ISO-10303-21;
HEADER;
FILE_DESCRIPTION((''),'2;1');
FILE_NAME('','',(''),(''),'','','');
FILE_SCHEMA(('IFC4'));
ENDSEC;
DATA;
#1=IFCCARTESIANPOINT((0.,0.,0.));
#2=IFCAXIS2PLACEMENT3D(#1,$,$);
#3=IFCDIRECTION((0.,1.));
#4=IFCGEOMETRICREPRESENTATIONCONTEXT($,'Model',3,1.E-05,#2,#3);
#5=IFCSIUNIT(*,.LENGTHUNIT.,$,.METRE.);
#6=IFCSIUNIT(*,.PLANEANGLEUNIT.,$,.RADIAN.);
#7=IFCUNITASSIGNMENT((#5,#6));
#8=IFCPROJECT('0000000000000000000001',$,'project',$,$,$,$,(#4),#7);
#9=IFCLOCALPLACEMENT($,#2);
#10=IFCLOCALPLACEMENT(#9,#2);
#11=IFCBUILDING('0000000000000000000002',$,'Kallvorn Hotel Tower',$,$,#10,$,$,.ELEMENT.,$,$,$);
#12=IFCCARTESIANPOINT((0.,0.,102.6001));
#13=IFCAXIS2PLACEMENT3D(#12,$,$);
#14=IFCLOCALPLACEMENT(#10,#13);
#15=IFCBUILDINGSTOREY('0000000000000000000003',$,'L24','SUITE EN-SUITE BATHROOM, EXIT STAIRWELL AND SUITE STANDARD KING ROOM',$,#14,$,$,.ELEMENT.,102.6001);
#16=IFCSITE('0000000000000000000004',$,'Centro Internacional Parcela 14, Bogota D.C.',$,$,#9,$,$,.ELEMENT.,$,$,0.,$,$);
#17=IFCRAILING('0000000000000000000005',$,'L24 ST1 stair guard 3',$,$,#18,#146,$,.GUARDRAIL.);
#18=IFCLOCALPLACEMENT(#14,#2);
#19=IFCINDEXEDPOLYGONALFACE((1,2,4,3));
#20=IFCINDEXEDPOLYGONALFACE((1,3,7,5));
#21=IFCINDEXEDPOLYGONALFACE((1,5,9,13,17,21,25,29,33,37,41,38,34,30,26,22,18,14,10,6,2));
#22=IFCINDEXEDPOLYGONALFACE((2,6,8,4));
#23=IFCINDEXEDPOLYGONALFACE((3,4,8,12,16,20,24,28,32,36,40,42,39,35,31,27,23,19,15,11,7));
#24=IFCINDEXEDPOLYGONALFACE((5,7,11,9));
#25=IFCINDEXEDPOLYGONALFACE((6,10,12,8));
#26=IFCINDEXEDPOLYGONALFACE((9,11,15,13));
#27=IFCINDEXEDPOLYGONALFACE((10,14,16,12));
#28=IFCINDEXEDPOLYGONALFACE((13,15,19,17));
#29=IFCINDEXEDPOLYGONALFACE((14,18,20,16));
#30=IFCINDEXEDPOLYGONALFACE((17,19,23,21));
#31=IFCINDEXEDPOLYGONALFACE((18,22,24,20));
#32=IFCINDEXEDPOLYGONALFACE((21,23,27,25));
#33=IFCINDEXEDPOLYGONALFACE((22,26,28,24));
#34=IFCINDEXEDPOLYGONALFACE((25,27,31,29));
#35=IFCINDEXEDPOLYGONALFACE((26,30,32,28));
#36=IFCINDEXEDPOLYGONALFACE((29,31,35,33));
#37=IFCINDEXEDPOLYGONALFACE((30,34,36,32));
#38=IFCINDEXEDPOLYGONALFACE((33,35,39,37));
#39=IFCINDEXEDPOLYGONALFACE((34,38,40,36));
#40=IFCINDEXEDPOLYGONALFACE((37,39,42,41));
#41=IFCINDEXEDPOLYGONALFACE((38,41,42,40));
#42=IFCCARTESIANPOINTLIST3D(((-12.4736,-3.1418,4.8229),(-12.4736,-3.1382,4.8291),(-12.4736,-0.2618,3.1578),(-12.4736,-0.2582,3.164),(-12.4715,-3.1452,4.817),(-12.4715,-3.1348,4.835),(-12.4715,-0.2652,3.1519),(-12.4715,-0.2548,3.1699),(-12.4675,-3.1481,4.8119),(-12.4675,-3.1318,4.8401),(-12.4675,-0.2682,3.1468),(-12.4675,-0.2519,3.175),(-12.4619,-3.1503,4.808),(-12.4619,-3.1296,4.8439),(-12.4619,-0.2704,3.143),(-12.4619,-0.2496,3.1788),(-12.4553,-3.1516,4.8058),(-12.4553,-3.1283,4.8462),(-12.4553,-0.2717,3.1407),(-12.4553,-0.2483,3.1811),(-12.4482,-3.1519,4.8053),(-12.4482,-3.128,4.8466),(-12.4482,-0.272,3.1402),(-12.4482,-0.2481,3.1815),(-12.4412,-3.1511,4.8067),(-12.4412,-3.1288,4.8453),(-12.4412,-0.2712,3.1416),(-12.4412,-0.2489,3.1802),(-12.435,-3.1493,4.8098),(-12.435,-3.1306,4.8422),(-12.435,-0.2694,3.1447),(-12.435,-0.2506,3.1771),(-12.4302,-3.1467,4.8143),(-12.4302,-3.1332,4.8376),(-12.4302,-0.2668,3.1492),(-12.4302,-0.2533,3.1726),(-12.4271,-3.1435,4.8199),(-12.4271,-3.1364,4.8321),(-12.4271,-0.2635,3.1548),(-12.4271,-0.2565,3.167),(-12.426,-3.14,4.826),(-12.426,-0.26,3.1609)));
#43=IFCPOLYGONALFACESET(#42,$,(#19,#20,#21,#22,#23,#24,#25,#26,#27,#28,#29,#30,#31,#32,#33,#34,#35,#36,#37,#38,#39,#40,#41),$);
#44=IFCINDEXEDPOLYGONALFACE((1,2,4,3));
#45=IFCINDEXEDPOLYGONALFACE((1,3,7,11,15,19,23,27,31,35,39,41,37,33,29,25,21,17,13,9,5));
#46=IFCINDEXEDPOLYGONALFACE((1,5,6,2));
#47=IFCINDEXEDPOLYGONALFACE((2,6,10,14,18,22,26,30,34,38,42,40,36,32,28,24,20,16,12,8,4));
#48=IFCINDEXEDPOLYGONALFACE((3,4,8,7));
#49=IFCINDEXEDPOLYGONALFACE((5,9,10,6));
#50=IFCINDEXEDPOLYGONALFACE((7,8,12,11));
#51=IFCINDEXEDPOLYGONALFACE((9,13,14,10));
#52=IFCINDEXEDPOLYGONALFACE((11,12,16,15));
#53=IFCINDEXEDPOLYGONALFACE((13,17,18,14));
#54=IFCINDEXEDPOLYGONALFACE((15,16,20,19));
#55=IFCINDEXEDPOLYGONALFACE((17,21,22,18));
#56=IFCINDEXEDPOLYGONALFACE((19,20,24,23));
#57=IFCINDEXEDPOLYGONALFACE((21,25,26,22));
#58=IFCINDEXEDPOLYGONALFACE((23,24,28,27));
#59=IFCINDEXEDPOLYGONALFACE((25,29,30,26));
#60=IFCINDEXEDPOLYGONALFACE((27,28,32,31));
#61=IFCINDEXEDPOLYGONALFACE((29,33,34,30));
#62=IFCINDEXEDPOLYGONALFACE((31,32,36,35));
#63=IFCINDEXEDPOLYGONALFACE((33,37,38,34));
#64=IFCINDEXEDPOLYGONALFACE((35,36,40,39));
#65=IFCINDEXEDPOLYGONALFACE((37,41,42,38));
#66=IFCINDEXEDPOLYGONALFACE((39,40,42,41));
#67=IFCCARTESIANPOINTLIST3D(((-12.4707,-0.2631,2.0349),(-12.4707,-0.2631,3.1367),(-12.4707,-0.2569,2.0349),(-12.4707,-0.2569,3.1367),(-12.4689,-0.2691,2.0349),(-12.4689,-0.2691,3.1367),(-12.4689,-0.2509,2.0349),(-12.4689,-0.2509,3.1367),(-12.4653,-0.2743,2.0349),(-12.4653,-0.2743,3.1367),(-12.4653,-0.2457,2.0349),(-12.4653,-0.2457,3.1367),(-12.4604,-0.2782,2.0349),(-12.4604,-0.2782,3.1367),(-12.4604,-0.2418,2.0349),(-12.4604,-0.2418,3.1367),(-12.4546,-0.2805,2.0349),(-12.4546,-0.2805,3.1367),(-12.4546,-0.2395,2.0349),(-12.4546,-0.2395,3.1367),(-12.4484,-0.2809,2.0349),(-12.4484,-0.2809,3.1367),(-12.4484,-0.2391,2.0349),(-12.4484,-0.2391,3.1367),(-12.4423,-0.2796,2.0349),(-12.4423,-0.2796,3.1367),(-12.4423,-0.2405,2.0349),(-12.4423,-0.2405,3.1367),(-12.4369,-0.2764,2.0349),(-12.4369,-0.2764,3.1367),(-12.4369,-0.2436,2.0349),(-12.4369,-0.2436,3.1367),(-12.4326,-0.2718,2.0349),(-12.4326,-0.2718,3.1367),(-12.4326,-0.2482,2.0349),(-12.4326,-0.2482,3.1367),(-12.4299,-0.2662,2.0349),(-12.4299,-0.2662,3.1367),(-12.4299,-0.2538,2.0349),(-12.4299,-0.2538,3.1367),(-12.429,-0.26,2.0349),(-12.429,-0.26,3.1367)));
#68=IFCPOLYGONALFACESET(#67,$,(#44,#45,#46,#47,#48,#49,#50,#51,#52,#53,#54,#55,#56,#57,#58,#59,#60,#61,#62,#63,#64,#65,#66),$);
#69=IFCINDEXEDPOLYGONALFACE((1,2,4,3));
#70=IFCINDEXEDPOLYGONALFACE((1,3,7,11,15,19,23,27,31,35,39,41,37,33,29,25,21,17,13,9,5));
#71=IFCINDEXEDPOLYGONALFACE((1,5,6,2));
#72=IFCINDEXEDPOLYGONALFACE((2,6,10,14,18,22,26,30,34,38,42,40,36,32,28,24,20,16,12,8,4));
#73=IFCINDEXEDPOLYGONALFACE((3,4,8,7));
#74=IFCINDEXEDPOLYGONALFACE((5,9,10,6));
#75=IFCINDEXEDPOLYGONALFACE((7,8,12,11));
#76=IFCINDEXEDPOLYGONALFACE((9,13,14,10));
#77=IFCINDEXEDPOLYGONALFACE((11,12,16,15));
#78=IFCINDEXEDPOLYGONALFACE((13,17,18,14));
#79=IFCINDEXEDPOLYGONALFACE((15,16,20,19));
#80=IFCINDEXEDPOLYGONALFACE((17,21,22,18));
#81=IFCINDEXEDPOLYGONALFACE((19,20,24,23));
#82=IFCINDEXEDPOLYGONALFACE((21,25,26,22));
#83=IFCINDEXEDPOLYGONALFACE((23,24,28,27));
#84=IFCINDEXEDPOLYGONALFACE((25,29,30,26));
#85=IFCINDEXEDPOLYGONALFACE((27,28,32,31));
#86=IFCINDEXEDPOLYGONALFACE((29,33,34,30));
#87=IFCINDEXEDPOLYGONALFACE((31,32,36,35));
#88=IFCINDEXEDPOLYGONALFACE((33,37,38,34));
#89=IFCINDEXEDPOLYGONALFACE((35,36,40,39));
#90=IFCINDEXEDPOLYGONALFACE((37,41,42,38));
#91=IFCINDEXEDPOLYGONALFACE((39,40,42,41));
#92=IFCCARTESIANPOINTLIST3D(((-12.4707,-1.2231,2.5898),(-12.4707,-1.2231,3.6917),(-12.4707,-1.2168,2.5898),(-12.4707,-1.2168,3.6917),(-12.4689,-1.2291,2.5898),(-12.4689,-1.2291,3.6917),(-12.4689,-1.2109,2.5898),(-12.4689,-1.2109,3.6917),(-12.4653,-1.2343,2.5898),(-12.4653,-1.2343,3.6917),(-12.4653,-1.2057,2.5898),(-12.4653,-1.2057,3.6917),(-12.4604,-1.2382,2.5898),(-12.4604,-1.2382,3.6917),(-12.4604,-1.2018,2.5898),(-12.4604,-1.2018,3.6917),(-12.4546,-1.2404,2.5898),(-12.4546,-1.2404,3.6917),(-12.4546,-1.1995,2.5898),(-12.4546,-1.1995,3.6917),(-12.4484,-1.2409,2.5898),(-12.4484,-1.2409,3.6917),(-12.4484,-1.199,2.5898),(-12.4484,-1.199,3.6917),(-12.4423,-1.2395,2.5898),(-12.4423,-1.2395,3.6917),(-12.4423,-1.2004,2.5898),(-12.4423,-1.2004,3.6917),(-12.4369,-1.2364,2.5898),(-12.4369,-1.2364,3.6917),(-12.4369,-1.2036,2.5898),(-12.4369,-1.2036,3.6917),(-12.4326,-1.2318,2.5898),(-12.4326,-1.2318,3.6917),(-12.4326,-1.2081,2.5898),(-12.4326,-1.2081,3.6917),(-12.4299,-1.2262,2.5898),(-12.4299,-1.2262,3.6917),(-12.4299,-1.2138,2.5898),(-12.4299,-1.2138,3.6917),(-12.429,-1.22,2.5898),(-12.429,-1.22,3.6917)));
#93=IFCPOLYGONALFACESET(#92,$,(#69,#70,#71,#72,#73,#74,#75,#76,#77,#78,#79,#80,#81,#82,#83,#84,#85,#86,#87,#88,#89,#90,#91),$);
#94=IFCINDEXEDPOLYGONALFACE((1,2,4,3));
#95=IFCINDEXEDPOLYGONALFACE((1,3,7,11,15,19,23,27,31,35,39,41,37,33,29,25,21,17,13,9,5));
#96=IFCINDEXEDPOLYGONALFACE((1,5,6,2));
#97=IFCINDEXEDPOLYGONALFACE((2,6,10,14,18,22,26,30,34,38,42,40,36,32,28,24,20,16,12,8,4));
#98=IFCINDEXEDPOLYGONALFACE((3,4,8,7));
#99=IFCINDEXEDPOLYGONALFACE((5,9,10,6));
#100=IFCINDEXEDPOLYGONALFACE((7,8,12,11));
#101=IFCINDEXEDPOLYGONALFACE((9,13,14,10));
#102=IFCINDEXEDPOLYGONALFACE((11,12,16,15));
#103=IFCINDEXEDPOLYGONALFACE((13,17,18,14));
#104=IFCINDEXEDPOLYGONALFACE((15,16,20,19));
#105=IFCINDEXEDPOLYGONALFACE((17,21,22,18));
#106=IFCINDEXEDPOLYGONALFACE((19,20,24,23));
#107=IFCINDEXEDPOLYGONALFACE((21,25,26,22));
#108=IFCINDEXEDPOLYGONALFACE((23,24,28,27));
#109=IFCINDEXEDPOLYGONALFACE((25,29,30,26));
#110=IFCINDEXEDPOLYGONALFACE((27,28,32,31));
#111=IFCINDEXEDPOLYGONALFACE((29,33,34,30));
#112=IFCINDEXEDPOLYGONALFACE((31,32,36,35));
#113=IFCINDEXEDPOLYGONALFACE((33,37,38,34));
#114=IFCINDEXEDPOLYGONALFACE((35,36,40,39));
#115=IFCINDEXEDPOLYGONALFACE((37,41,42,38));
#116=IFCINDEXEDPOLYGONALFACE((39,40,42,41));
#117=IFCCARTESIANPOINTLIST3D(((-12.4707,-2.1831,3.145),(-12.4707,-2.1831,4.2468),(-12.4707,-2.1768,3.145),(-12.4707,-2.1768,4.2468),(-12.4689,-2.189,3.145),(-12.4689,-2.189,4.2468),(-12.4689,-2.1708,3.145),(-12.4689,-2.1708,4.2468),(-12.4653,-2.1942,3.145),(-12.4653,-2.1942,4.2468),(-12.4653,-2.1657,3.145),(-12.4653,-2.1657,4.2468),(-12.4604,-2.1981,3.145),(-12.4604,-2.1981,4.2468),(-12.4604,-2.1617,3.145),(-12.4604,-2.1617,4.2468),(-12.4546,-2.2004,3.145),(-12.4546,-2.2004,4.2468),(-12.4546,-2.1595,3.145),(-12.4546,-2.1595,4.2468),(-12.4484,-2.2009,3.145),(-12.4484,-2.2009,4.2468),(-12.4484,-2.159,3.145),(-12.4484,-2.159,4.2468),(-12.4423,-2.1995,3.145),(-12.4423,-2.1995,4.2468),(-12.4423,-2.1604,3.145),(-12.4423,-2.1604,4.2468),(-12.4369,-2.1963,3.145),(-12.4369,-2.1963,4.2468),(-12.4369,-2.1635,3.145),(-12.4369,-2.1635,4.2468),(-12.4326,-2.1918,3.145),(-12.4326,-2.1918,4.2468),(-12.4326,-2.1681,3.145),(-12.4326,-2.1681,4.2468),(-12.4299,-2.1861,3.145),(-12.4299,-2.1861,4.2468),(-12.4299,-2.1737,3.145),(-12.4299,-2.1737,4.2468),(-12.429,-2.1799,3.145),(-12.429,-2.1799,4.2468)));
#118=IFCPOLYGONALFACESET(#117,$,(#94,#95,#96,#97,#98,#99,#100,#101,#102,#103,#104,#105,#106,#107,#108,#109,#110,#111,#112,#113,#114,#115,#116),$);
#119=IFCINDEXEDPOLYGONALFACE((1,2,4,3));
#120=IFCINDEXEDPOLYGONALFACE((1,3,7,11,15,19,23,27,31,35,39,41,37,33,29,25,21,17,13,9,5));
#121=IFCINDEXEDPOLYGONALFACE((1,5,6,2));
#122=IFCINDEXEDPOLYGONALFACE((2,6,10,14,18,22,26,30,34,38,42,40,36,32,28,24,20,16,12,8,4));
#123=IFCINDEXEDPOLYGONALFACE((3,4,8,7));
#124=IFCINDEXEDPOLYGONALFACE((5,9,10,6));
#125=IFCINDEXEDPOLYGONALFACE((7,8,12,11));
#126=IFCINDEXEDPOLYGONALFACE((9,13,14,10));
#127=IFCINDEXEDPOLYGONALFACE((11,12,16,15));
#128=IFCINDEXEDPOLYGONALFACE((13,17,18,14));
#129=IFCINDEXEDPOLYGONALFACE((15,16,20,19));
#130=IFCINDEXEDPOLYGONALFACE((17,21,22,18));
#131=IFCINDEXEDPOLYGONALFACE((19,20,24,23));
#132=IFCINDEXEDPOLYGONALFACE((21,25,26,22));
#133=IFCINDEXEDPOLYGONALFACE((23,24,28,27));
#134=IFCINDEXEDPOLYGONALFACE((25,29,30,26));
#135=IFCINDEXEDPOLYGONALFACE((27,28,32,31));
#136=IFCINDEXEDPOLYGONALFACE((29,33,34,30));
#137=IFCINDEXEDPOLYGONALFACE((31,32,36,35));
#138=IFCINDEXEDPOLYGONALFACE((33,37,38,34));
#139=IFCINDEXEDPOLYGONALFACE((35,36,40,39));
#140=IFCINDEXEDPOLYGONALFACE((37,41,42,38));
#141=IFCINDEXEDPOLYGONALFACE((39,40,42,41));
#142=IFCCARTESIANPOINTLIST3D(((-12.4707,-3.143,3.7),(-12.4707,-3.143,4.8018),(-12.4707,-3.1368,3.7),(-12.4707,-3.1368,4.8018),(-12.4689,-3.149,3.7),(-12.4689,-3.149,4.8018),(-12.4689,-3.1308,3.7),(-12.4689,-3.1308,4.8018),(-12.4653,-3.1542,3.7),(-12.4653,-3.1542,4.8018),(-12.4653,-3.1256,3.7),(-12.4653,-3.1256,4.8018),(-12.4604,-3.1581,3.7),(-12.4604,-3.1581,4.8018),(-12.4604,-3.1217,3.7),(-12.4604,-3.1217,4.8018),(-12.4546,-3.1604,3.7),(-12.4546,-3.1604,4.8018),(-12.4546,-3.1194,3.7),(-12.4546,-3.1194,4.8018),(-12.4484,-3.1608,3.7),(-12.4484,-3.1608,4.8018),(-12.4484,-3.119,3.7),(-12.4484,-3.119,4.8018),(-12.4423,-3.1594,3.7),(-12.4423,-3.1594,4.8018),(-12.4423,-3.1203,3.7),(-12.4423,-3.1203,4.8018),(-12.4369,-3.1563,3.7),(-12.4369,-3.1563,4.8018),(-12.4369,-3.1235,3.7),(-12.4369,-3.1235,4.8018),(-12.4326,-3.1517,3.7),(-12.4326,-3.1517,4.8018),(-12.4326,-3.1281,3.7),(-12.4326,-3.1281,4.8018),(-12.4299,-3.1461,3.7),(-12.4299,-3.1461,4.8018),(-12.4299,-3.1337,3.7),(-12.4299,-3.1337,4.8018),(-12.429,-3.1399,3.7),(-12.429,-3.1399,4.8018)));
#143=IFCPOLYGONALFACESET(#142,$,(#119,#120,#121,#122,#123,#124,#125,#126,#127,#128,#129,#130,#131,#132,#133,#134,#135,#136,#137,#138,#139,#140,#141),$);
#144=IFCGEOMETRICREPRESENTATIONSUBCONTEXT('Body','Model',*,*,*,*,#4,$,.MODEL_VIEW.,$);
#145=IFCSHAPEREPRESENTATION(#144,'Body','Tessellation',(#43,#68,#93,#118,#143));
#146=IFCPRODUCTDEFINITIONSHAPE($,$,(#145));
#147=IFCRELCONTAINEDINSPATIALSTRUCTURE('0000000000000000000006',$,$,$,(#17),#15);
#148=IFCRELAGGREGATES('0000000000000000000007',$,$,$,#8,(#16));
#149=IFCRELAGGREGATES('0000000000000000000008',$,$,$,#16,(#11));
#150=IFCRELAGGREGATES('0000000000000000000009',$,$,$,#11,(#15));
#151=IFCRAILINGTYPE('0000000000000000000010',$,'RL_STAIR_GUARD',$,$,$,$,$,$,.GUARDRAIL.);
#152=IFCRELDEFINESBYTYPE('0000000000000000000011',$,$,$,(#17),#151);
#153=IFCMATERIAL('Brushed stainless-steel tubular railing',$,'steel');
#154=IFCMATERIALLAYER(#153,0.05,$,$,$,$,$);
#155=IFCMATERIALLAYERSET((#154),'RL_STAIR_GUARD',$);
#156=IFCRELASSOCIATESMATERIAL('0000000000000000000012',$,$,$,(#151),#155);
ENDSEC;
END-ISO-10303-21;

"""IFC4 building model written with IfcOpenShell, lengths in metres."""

from ifc_helpers import new_model, si_unit, direction, frame, origin, origin_2d, place, context, subcontext, project, spatial, circle, extrude, material, layer, layer_set, type_object, element, save


model = new_model("IFC4")

# Units and contexts
model_context = context("Model", 3, precision=1e-05, world=origin(), true_north=direction((0.0, 1.0)))
body_context = subcontext(model_context, "Body", "Model", "MODEL_VIEW")
ifc_project = project(units=[si_unit("LENGTHUNIT", "METRE"), si_unit("PLANEANGLEUNIT", "RADIAN")], contexts=[model_context])

# Site, building, storey
site_placement = place(None, origin())
site = spatial("IfcSite", under=ifc_project, at=site_placement, Name="Centro Internacional Parcela 14, Bogota D.C.", CompositionType="ELEMENT", RefElevation=0.0)
building_placement = place(site_placement, origin())
building = spatial("IfcBuilding", under=site, at=building_placement, Name="Kallvorn Hotel Tower", CompositionType="ELEMENT")
storey_placement = place(building_placement, frame((0.0, 0.0, 102.6001)))
storey = spatial("IfcBuildingStorey", under=building, at=storey_placement, Name="L24", Description="SUITE EN-SUITE BATHROOM, EXIT STAIRWELL AND SUITE STANDARD KING ROOM", CompositionType="ELEMENT", Elevation=102.6001)

# Railing
ifc_material_1 = material(Name="Brushed stainless-steel tubular railing", Category="steel")
ifc_layer_1 = layer(ifc_material_1, 0.05)
ifc_layer_set_1 = layer_set([ifc_layer_1], Name="RL_STAIR_GUARD")
railing_type_1 = type_object("IfcRailingType", Name="RL_STAIR_GUARD", PredefinedType="GUARDRAIL", material=ifc_layer_set_1)
railing_1_placement = place(storey_placement, frame((-12.45, -0.26, 2.0349)))
element("IfcRailing", 1, at=railing_1_placement, inside=storey, type_object=railing_type_1, Name="L24 ST1 stair guard 3", PredefinedType="GUARDRAIL", context=body_context, shape_type="SweptSolid", body=[
    extrude(circle(Radius=0.0239, at=origin_2d()), frame((0.0, 0.0, 1.126), z_axis=(0.0, -0.865721, 0.500527), x_axis=(1.0, 0.0, 0.0)), (0.0, 0.0, 1.0), 3.3267),
    extrude(circle(Radius=0.021, at=origin_2d()), origin(), (0.0, 0.0, 1.0), 1.1018),
    extrude(circle(Radius=0.021, at=origin_2d()), frame((0.0, -0.96, 0.5549)), (0.0, 0.0, 1.0), 1.1018),
    extrude(circle(Radius=0.021, at=origin_2d()), frame((0.0, -1.9199, 1.1101)), (0.0, 0.0, 1.0), 1.1018),
    extrude(circle(Radius=0.021, at=origin_2d()), frame((0.0, -2.8799, 1.665)), (0.0, 0.0, 1.0), 1.1018),
])

save(model, "model.ifc")
